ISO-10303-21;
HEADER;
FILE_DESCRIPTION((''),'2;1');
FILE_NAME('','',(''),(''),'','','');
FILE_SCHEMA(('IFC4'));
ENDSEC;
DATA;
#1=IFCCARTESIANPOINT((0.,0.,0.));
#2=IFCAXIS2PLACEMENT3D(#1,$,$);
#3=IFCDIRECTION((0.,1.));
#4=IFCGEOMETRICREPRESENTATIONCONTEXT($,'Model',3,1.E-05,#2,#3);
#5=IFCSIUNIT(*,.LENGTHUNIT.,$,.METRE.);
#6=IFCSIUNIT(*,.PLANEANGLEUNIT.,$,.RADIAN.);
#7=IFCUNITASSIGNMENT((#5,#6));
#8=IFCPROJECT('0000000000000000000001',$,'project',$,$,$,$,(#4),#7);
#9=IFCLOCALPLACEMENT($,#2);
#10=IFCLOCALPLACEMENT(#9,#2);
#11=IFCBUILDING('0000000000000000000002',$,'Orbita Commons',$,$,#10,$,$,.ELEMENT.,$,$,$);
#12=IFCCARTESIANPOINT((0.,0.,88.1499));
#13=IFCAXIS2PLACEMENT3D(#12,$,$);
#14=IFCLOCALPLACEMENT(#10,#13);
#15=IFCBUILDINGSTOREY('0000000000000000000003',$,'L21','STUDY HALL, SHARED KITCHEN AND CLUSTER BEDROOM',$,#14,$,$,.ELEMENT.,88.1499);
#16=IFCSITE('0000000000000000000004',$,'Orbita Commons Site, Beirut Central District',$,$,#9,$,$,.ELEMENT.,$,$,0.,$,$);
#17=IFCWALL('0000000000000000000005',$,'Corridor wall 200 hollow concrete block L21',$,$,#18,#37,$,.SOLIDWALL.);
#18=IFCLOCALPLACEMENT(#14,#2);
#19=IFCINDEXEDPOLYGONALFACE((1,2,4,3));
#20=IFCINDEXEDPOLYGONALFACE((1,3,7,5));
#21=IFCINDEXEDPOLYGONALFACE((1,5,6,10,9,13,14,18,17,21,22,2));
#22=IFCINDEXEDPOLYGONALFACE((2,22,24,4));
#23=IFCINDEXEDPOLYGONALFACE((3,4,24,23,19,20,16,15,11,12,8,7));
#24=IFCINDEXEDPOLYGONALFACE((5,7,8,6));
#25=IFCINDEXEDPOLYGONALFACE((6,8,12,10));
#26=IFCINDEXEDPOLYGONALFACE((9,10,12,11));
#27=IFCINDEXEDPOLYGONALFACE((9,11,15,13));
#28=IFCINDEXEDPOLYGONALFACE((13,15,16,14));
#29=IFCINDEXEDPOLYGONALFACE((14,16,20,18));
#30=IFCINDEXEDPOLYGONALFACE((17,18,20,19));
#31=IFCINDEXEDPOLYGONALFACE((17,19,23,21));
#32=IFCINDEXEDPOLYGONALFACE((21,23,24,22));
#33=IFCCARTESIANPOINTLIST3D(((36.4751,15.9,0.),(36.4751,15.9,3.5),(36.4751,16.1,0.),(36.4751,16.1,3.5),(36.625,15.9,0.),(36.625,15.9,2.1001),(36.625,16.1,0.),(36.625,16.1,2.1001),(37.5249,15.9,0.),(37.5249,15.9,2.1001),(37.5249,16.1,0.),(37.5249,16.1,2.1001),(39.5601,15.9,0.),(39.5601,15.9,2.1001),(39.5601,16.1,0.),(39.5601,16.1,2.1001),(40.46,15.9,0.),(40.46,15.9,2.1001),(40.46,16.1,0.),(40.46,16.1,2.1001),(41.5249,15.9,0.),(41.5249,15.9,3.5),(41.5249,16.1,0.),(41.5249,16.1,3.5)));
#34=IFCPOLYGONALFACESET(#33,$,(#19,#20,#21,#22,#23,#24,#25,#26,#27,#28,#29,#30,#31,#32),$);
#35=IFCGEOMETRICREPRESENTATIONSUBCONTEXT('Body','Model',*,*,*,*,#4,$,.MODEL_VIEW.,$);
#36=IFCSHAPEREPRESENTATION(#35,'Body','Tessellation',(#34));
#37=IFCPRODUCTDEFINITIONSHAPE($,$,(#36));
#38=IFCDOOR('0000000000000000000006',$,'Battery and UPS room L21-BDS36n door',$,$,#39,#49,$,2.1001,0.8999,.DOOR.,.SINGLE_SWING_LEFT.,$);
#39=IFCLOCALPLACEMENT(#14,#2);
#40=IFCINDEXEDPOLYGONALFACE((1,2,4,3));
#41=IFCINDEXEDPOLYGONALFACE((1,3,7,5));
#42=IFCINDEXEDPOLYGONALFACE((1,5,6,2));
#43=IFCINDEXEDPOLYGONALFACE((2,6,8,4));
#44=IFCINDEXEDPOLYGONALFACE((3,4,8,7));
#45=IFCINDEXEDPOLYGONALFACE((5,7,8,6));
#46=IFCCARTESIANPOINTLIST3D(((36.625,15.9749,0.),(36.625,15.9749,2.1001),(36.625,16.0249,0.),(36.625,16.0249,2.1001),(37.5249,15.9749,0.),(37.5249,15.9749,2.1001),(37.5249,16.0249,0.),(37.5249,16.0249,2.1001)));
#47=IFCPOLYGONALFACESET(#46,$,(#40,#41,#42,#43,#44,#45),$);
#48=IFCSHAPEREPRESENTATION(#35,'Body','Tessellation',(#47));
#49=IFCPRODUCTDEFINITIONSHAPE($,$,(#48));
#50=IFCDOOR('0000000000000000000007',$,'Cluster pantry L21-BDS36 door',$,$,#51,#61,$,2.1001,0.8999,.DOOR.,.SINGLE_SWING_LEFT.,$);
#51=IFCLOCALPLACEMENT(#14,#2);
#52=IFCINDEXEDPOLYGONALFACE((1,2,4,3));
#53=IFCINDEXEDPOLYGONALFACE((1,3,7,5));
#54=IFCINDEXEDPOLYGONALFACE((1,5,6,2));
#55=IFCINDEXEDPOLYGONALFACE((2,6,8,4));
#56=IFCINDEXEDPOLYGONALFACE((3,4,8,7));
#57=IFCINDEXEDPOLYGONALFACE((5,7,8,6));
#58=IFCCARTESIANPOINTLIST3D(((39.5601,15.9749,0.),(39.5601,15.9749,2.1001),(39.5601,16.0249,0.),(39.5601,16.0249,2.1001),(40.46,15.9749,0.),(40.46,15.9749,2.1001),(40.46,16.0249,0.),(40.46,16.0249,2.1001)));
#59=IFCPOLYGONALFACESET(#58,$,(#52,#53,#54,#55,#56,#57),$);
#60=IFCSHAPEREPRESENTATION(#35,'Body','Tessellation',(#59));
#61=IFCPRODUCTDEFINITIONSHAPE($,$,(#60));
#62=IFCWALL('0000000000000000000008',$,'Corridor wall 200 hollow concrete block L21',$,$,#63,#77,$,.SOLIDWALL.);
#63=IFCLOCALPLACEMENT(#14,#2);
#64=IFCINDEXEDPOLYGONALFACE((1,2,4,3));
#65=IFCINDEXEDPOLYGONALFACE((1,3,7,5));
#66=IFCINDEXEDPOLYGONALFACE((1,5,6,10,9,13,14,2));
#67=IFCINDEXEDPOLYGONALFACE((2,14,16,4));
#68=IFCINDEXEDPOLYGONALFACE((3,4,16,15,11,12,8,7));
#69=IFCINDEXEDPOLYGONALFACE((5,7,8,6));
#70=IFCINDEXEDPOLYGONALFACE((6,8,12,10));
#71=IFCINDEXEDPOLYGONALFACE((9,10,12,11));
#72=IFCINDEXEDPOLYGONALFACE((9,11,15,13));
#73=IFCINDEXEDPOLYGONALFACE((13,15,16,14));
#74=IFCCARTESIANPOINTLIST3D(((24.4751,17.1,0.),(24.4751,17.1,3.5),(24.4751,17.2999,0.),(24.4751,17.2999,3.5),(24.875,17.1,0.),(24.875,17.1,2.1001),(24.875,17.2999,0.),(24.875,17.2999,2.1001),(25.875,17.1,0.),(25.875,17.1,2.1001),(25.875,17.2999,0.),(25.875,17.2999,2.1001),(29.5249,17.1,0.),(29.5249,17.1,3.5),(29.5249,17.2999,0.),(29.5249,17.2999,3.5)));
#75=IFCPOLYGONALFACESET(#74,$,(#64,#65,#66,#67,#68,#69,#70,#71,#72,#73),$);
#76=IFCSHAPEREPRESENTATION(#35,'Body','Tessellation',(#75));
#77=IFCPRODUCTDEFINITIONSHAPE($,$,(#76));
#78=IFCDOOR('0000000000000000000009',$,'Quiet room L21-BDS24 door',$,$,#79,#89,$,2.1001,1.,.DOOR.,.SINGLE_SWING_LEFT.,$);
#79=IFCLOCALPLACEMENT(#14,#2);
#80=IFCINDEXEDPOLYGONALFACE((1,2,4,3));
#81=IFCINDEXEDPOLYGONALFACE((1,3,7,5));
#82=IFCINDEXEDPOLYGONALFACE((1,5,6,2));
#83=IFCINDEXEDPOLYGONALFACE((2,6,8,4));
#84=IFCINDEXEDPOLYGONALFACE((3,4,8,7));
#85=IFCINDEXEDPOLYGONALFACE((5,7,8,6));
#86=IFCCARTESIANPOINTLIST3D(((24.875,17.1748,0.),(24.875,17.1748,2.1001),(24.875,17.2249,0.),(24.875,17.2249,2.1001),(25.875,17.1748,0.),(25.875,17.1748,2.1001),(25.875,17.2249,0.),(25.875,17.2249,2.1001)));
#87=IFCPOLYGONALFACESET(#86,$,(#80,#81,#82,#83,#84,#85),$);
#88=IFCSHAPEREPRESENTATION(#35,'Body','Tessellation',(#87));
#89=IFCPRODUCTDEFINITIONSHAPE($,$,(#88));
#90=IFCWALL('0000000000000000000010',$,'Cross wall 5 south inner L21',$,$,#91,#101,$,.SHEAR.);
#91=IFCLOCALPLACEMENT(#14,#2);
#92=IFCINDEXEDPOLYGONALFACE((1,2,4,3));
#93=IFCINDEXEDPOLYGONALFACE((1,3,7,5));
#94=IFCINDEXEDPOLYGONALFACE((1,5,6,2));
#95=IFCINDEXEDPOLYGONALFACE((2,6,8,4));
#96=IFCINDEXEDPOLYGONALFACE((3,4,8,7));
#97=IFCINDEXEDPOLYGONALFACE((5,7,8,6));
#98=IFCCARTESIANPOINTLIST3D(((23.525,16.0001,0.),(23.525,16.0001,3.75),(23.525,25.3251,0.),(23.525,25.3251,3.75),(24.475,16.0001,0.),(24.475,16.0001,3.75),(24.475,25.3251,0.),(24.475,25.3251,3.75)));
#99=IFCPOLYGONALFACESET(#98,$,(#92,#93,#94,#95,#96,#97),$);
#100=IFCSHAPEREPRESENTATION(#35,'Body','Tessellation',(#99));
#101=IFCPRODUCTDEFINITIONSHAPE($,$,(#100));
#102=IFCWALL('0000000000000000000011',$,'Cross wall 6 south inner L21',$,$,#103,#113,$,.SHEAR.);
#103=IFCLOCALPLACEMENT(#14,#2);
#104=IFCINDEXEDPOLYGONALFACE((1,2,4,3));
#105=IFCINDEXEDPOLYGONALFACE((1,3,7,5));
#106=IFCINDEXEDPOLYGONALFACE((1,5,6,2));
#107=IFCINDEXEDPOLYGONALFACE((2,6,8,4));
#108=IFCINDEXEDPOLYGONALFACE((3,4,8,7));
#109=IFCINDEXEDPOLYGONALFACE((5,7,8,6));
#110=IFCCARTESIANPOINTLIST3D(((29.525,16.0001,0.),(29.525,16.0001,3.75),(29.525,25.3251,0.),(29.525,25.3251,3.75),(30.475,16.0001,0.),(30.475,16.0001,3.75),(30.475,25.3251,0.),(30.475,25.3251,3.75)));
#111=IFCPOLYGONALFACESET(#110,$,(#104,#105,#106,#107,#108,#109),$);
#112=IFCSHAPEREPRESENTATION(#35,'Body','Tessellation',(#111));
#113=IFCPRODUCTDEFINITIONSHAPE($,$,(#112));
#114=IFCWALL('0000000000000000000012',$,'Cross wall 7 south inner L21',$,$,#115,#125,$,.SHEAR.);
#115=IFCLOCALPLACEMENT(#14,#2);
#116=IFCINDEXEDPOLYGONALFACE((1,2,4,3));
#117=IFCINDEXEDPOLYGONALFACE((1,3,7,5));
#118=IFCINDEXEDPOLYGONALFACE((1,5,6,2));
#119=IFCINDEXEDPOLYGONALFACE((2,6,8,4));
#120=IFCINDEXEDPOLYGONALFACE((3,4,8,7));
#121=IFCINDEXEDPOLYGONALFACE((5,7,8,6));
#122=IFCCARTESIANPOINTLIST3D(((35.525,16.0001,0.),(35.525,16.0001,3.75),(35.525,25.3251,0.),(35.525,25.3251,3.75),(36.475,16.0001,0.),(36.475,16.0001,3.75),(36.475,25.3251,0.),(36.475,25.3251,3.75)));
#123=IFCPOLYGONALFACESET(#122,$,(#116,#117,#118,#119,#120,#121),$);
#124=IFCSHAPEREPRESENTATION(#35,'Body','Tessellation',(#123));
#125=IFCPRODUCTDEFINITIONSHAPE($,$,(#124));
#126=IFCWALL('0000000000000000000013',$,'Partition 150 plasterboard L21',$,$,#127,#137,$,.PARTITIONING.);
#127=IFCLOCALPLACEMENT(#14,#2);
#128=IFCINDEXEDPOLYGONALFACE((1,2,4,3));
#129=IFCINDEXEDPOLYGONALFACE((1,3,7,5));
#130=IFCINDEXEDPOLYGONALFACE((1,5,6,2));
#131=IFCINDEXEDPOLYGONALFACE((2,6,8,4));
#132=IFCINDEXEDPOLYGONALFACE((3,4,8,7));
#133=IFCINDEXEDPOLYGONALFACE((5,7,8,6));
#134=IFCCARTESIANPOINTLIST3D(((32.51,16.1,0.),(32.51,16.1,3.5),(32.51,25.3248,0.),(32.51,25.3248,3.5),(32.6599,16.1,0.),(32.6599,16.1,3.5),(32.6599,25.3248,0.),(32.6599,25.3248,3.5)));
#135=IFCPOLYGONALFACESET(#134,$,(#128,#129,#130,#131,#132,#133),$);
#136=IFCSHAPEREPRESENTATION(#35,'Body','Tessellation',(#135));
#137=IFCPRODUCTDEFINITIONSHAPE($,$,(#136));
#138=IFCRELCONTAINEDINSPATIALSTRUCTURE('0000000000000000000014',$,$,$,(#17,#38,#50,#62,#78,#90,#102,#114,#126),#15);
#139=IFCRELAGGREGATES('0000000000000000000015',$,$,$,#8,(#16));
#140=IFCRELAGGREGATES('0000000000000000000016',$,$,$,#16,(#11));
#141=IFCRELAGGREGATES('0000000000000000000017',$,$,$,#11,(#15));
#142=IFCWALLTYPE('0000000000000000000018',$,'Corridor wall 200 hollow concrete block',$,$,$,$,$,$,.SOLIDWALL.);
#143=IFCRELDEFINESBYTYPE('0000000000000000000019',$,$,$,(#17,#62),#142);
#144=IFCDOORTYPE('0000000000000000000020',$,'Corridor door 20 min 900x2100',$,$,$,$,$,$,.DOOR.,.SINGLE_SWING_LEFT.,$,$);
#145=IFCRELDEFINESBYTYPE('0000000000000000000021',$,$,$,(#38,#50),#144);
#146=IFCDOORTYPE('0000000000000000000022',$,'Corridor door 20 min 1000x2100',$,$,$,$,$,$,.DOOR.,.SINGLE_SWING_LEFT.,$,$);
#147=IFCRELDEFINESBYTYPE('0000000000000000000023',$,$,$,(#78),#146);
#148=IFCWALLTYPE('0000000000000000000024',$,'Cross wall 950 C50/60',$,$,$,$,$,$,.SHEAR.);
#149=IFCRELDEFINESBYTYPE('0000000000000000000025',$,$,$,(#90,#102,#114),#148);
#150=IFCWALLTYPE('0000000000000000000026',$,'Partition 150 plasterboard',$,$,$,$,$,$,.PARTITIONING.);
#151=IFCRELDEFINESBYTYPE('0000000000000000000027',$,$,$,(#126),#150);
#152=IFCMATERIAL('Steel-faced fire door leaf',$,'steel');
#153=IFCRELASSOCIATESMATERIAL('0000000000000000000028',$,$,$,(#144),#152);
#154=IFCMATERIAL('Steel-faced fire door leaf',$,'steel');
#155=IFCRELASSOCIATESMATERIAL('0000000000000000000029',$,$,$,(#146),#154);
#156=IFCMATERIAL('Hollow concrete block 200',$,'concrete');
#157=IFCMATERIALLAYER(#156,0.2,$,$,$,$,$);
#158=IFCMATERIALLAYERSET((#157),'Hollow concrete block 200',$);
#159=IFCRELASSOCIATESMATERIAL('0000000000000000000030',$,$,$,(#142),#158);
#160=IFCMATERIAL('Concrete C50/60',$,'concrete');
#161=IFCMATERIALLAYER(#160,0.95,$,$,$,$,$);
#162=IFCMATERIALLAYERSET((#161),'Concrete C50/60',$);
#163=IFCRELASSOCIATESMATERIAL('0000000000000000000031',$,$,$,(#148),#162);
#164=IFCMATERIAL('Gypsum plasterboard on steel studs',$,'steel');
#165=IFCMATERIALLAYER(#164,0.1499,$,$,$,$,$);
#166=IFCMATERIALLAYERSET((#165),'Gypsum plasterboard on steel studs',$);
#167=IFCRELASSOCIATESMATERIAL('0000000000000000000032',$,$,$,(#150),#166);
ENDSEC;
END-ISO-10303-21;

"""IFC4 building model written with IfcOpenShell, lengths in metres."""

from ifc_helpers import new_model, si_unit, direction, frame, frame_2d, origin, place, context, subcontext, project, spatial, rectangle, extrude, material, layer, layer_set, type_object, element, fill, save


model = new_model("IFC4")

# Units and contexts
model_context = context("Model", 3, precision=1e-05, world=origin(), true_north=direction((0.0, 1.0)))
body_context = subcontext(model_context, "Body", "Model", "MODEL_VIEW")
ifc_project = project(units=[si_unit("LENGTHUNIT", "METRE"), si_unit("PLANEANGLEUNIT", "RADIAN")], contexts=[model_context])

# Site, building, storey
site_placement = place(None, origin())
site = spatial("IfcSite", under=ifc_project, at=site_placement, Name="Orbita Commons Site, Beirut Central District", CompositionType="ELEMENT", RefElevation=0.0)
building_placement = place(site_placement, origin())
building = spatial("IfcBuilding", under=site, at=building_placement, Name="Orbita Commons", CompositionType="ELEMENT")
storey_placement = place(building_placement, frame((0.0, 0.0, 88.1499)))
storey = spatial("IfcBuildingStorey", under=building, at=storey_placement, Name="L21", Description="STUDY HALL, SHARED KITCHEN AND CLUSTER BEDROOM", CompositionType="ELEMENT", Elevation=88.1499)

# Shared definitions
ifc_material_1 = material(Name="Steel-faced fire door leaf", Category="steel")
door_type_1 = type_object("IfcDoorType", Name="Corridor door 20 min 900x2100", OperationType="SINGLE_SWING_LEFT", PredefinedType="DOOR", material=ifc_material_1)

# Shared definitions
ifc_material_2 = material(Name="Steel-faced fire door leaf", Category="steel")
door_type_2 = type_object("IfcDoorType", Name="Corridor door 20 min 1000x2100", OperationType="SINGLE_SWING_LEFT", PredefinedType="DOOR", material=ifc_material_2)

# Wall, openings, doors
ifc_material_3 = material(Name="Hollow concrete block 200", Category="concrete")
ifc_layer_1 = layer(ifc_material_3, 0.2)
ifc_layer_set_1 = layer_set([ifc_layer_1], Name="Hollow concrete block 200")
wall_type_1 = type_object("IfcWallType", Name="Corridor wall 200 hollow concrete block", PredefinedType="SOLIDWALL", material=ifc_layer_set_1)
wall_1_placement = place(storey_placement, frame((36.4751, 16.0, 0.0), z_axis=(0.0, 0.0, 1.0), x_axis=(1.0, 0.0, 0.0)))
wall_1 = element("IfcWall", 1, at=wall_1_placement, inside=storey, type_object=wall_type_1, Name="Corridor wall 200 hollow concrete block L21", PredefinedType="SOLIDWALL", context=body_context, shape_type="SweptSolid", body=[
    extrude(rectangle(XDim=5.0498, YDim=0.2, at=frame_2d((2.5249, 0.0))), origin(), (0.0, 0.0, 1.0), 3.5),
])
opening_1_placement = place(wall_1_placement, frame((0.1499, 0.0, 0.0)))
opening_1 = element("IfcOpeningElement", 2, at=opening_1_placement, cuts=wall_1, PredefinedType="OPENING", context=body_context, shape_type="SweptSolid", body=[
    extrude(rectangle(XDim=0.8999, YDim=2.1001, at=frame_2d((0.45, 1.05))), frame((0.0, 0.1099, 0.0), z_axis=(0.0, -1.0, 0.0), x_axis=(1.0, 0.0, 0.0)), (0.0, 0.0, 1.0), 0.22),
])
opening_2_placement = place(wall_1_placement, frame((3.085, 0.0, 0.0)))
opening_2 = element("IfcOpeningElement", 3, at=opening_2_placement, cuts=wall_1, PredefinedType="OPENING", context=body_context, shape_type="SweptSolid", body=[
    extrude(rectangle(XDim=0.8999, YDim=2.1001, at=frame_2d((0.45, 1.05))), frame((0.0, 0.1099, 0.0), z_axis=(0.0, -1.0, 0.0), x_axis=(1.0, 0.0, 0.0)), (0.0, 0.0, 1.0), 0.22),
])
door_1_placement = place(opening_1_placement, origin())
door_1 = element("IfcDoor", 4, at=door_1_placement, inside=storey, type_object=door_type_1, Name="Battery and UPS room L21-BDS36n door", OperationType="SINGLE_SWING_LEFT", OverallHeight=2.1001, OverallWidth=0.8999, PredefinedType="DOOR", context=body_context, shape_type="SweptSolid", body=[
    extrude(rectangle(XDim=0.8999, YDim=2.1001, at=frame_2d((0.45, 1.05))), frame((0.0, 0.0249, 0.0), z_axis=(0.0, -1.0, 0.0), x_axis=(1.0, 0.0, 0.0)), (0.0, 0.0, 1.0), 0.05),
])
fill(opening_1, door_1)
door_2_placement = place(opening_2_placement, origin())
door_2 = element("IfcDoor", 5, at=door_2_placement, inside=storey, type_object=door_type_1, Name="Cluster pantry L21-BDS36 door", OperationType="SINGLE_SWING_LEFT", OverallHeight=2.1001, OverallWidth=0.8999, PredefinedType="DOOR", context=body_context, shape_type="SweptSolid", body=[
    extrude(rectangle(XDim=0.8999, YDim=2.1001, at=frame_2d((0.45, 1.05))), frame((0.0, 0.0249, 0.0), z_axis=(0.0, -1.0, 0.0), x_axis=(1.0, 0.0, 0.0)), (0.0, 0.0, 1.0), 0.05),
])
fill(opening_2, door_2)

# Wall, opening, door
wall_2_placement = place(storey_placement, frame((24.4751, 17.2, 0.0), z_axis=(0.0, 0.0, 1.0), x_axis=(1.0, 0.0, 0.0)))
wall_2 = element("IfcWall", 6, at=wall_2_placement, inside=storey, type_object=wall_type_1, Name="Corridor wall 200 hollow concrete block L21", PredefinedType="SOLIDWALL", context=body_context, shape_type="SweptSolid", body=[
    extrude(rectangle(XDim=5.0498, YDim=0.2, at=frame_2d((2.5249, 0.0))), origin(), (0.0, 0.0, 1.0), 3.5),
])
opening_3_placement = place(wall_2_placement, frame((0.3999, 0.0, 0.0)))
opening_3 = element("IfcOpeningElement", 7, at=opening_3_placement, cuts=wall_2, PredefinedType="OPENING", context=body_context, shape_type="SweptSolid", body=[
    extrude(rectangle(XDim=1.0, YDim=2.1001, at=frame_2d((0.5, 1.05))), frame((0.0, 0.1099, 0.0), z_axis=(0.0, -1.0, 0.0), x_axis=(1.0, 0.0, 0.0)), (0.0, 0.0, 1.0), 0.22),
])
door_3_placement = place(opening_3_placement, origin())
door_3 = element("IfcDoor", 8, at=door_3_placement, inside=storey, type_object=door_type_2, Name="Quiet room L21-BDS24 door", OperationType="SINGLE_SWING_LEFT", OverallHeight=2.1001, OverallWidth=1.0, PredefinedType="DOOR", context=body_context, shape_type="SweptSolid", body=[
    extrude(rectangle(XDim=1.0, YDim=2.1001, at=frame_2d((0.5, 1.05))), frame((0.0, 0.0249, 0.0), z_axis=(0.0, -1.0, 0.0), x_axis=(1.0, 0.0, 0.0)), (0.0, 0.0, 1.0), 0.05),
])
fill(opening_3, door_3)

# Walls
ifc_material_4 = material(Name="Concrete C50/60", Category="concrete")
ifc_layer_2 = layer(ifc_material_4, 0.95)
ifc_layer_set_2 = layer_set([ifc_layer_2], Name="Concrete C50/60")
wall_type_2 = type_object("IfcWallType", Name="Cross wall 950 C50/60", PredefinedType="SHEAR", material=ifc_layer_set_2)
for number, where, z_axis, x_axis, name in (
    (9, (24.0, 16.0, 0.0), (0.0, 0.0, 1.0), (0.0, 1.0, 0.0), "Cross wall 5 south inner L21"),
    (10, (30.0, 16.0, 0.0), (0.0, 0.0, 1.0), (0.0, 1.0, 0.0), "Cross wall 6 south inner L21"),
    (11, (36.0, 16.0, 0.0), (0.0, 0.0, 1.0), (0.0, 1.0, 0.0), "Cross wall 7 south inner L21"),
):
    element("IfcWall", number, at=place(storey_placement, frame(where, z_axis=z_axis, x_axis=x_axis)), inside=storey, type_object=wall_type_2, Name=name, PredefinedType="SHEAR", context=body_context, shape_type="SweptSolid", body=[
        extrude(rectangle(XDim=9.325, YDim=0.95, at=frame_2d((4.6626, 0.0))), origin(), (0.0, 0.0, 1.0), 3.75),
    ])
ifc_material_5 = material(Name="Gypsum plasterboard on steel studs", Category="steel")
ifc_layer_3 = layer(ifc_material_5, 0.1499)
ifc_layer_set_3 = layer_set([ifc_layer_3], Name="Gypsum plasterboard on steel studs")
wall_type_3 = type_object("IfcWallType", Name="Partition 150 plasterboard", PredefinedType="PARTITIONING", material=ifc_layer_set_3)
wall_3_placement = place(storey_placement, frame((32.585, 16.1001, 0.0), z_axis=(0.0, 0.0, 1.0), x_axis=(0.0, 1.0, 0.0)))
element("IfcWall", 12, at=wall_3_placement, inside=storey, type_object=wall_type_3, Name="Partition 150 plasterboard L21", PredefinedType="PARTITIONING", context=body_context, shape_type="SweptSolid", body=[
    extrude(rectangle(XDim=9.2249, YDim=0.1499, at=frame_2d((4.6123, 0.0))), origin(), (0.0, 0.0, 1.0), 3.5),
])

save(model, "model.ifc")
